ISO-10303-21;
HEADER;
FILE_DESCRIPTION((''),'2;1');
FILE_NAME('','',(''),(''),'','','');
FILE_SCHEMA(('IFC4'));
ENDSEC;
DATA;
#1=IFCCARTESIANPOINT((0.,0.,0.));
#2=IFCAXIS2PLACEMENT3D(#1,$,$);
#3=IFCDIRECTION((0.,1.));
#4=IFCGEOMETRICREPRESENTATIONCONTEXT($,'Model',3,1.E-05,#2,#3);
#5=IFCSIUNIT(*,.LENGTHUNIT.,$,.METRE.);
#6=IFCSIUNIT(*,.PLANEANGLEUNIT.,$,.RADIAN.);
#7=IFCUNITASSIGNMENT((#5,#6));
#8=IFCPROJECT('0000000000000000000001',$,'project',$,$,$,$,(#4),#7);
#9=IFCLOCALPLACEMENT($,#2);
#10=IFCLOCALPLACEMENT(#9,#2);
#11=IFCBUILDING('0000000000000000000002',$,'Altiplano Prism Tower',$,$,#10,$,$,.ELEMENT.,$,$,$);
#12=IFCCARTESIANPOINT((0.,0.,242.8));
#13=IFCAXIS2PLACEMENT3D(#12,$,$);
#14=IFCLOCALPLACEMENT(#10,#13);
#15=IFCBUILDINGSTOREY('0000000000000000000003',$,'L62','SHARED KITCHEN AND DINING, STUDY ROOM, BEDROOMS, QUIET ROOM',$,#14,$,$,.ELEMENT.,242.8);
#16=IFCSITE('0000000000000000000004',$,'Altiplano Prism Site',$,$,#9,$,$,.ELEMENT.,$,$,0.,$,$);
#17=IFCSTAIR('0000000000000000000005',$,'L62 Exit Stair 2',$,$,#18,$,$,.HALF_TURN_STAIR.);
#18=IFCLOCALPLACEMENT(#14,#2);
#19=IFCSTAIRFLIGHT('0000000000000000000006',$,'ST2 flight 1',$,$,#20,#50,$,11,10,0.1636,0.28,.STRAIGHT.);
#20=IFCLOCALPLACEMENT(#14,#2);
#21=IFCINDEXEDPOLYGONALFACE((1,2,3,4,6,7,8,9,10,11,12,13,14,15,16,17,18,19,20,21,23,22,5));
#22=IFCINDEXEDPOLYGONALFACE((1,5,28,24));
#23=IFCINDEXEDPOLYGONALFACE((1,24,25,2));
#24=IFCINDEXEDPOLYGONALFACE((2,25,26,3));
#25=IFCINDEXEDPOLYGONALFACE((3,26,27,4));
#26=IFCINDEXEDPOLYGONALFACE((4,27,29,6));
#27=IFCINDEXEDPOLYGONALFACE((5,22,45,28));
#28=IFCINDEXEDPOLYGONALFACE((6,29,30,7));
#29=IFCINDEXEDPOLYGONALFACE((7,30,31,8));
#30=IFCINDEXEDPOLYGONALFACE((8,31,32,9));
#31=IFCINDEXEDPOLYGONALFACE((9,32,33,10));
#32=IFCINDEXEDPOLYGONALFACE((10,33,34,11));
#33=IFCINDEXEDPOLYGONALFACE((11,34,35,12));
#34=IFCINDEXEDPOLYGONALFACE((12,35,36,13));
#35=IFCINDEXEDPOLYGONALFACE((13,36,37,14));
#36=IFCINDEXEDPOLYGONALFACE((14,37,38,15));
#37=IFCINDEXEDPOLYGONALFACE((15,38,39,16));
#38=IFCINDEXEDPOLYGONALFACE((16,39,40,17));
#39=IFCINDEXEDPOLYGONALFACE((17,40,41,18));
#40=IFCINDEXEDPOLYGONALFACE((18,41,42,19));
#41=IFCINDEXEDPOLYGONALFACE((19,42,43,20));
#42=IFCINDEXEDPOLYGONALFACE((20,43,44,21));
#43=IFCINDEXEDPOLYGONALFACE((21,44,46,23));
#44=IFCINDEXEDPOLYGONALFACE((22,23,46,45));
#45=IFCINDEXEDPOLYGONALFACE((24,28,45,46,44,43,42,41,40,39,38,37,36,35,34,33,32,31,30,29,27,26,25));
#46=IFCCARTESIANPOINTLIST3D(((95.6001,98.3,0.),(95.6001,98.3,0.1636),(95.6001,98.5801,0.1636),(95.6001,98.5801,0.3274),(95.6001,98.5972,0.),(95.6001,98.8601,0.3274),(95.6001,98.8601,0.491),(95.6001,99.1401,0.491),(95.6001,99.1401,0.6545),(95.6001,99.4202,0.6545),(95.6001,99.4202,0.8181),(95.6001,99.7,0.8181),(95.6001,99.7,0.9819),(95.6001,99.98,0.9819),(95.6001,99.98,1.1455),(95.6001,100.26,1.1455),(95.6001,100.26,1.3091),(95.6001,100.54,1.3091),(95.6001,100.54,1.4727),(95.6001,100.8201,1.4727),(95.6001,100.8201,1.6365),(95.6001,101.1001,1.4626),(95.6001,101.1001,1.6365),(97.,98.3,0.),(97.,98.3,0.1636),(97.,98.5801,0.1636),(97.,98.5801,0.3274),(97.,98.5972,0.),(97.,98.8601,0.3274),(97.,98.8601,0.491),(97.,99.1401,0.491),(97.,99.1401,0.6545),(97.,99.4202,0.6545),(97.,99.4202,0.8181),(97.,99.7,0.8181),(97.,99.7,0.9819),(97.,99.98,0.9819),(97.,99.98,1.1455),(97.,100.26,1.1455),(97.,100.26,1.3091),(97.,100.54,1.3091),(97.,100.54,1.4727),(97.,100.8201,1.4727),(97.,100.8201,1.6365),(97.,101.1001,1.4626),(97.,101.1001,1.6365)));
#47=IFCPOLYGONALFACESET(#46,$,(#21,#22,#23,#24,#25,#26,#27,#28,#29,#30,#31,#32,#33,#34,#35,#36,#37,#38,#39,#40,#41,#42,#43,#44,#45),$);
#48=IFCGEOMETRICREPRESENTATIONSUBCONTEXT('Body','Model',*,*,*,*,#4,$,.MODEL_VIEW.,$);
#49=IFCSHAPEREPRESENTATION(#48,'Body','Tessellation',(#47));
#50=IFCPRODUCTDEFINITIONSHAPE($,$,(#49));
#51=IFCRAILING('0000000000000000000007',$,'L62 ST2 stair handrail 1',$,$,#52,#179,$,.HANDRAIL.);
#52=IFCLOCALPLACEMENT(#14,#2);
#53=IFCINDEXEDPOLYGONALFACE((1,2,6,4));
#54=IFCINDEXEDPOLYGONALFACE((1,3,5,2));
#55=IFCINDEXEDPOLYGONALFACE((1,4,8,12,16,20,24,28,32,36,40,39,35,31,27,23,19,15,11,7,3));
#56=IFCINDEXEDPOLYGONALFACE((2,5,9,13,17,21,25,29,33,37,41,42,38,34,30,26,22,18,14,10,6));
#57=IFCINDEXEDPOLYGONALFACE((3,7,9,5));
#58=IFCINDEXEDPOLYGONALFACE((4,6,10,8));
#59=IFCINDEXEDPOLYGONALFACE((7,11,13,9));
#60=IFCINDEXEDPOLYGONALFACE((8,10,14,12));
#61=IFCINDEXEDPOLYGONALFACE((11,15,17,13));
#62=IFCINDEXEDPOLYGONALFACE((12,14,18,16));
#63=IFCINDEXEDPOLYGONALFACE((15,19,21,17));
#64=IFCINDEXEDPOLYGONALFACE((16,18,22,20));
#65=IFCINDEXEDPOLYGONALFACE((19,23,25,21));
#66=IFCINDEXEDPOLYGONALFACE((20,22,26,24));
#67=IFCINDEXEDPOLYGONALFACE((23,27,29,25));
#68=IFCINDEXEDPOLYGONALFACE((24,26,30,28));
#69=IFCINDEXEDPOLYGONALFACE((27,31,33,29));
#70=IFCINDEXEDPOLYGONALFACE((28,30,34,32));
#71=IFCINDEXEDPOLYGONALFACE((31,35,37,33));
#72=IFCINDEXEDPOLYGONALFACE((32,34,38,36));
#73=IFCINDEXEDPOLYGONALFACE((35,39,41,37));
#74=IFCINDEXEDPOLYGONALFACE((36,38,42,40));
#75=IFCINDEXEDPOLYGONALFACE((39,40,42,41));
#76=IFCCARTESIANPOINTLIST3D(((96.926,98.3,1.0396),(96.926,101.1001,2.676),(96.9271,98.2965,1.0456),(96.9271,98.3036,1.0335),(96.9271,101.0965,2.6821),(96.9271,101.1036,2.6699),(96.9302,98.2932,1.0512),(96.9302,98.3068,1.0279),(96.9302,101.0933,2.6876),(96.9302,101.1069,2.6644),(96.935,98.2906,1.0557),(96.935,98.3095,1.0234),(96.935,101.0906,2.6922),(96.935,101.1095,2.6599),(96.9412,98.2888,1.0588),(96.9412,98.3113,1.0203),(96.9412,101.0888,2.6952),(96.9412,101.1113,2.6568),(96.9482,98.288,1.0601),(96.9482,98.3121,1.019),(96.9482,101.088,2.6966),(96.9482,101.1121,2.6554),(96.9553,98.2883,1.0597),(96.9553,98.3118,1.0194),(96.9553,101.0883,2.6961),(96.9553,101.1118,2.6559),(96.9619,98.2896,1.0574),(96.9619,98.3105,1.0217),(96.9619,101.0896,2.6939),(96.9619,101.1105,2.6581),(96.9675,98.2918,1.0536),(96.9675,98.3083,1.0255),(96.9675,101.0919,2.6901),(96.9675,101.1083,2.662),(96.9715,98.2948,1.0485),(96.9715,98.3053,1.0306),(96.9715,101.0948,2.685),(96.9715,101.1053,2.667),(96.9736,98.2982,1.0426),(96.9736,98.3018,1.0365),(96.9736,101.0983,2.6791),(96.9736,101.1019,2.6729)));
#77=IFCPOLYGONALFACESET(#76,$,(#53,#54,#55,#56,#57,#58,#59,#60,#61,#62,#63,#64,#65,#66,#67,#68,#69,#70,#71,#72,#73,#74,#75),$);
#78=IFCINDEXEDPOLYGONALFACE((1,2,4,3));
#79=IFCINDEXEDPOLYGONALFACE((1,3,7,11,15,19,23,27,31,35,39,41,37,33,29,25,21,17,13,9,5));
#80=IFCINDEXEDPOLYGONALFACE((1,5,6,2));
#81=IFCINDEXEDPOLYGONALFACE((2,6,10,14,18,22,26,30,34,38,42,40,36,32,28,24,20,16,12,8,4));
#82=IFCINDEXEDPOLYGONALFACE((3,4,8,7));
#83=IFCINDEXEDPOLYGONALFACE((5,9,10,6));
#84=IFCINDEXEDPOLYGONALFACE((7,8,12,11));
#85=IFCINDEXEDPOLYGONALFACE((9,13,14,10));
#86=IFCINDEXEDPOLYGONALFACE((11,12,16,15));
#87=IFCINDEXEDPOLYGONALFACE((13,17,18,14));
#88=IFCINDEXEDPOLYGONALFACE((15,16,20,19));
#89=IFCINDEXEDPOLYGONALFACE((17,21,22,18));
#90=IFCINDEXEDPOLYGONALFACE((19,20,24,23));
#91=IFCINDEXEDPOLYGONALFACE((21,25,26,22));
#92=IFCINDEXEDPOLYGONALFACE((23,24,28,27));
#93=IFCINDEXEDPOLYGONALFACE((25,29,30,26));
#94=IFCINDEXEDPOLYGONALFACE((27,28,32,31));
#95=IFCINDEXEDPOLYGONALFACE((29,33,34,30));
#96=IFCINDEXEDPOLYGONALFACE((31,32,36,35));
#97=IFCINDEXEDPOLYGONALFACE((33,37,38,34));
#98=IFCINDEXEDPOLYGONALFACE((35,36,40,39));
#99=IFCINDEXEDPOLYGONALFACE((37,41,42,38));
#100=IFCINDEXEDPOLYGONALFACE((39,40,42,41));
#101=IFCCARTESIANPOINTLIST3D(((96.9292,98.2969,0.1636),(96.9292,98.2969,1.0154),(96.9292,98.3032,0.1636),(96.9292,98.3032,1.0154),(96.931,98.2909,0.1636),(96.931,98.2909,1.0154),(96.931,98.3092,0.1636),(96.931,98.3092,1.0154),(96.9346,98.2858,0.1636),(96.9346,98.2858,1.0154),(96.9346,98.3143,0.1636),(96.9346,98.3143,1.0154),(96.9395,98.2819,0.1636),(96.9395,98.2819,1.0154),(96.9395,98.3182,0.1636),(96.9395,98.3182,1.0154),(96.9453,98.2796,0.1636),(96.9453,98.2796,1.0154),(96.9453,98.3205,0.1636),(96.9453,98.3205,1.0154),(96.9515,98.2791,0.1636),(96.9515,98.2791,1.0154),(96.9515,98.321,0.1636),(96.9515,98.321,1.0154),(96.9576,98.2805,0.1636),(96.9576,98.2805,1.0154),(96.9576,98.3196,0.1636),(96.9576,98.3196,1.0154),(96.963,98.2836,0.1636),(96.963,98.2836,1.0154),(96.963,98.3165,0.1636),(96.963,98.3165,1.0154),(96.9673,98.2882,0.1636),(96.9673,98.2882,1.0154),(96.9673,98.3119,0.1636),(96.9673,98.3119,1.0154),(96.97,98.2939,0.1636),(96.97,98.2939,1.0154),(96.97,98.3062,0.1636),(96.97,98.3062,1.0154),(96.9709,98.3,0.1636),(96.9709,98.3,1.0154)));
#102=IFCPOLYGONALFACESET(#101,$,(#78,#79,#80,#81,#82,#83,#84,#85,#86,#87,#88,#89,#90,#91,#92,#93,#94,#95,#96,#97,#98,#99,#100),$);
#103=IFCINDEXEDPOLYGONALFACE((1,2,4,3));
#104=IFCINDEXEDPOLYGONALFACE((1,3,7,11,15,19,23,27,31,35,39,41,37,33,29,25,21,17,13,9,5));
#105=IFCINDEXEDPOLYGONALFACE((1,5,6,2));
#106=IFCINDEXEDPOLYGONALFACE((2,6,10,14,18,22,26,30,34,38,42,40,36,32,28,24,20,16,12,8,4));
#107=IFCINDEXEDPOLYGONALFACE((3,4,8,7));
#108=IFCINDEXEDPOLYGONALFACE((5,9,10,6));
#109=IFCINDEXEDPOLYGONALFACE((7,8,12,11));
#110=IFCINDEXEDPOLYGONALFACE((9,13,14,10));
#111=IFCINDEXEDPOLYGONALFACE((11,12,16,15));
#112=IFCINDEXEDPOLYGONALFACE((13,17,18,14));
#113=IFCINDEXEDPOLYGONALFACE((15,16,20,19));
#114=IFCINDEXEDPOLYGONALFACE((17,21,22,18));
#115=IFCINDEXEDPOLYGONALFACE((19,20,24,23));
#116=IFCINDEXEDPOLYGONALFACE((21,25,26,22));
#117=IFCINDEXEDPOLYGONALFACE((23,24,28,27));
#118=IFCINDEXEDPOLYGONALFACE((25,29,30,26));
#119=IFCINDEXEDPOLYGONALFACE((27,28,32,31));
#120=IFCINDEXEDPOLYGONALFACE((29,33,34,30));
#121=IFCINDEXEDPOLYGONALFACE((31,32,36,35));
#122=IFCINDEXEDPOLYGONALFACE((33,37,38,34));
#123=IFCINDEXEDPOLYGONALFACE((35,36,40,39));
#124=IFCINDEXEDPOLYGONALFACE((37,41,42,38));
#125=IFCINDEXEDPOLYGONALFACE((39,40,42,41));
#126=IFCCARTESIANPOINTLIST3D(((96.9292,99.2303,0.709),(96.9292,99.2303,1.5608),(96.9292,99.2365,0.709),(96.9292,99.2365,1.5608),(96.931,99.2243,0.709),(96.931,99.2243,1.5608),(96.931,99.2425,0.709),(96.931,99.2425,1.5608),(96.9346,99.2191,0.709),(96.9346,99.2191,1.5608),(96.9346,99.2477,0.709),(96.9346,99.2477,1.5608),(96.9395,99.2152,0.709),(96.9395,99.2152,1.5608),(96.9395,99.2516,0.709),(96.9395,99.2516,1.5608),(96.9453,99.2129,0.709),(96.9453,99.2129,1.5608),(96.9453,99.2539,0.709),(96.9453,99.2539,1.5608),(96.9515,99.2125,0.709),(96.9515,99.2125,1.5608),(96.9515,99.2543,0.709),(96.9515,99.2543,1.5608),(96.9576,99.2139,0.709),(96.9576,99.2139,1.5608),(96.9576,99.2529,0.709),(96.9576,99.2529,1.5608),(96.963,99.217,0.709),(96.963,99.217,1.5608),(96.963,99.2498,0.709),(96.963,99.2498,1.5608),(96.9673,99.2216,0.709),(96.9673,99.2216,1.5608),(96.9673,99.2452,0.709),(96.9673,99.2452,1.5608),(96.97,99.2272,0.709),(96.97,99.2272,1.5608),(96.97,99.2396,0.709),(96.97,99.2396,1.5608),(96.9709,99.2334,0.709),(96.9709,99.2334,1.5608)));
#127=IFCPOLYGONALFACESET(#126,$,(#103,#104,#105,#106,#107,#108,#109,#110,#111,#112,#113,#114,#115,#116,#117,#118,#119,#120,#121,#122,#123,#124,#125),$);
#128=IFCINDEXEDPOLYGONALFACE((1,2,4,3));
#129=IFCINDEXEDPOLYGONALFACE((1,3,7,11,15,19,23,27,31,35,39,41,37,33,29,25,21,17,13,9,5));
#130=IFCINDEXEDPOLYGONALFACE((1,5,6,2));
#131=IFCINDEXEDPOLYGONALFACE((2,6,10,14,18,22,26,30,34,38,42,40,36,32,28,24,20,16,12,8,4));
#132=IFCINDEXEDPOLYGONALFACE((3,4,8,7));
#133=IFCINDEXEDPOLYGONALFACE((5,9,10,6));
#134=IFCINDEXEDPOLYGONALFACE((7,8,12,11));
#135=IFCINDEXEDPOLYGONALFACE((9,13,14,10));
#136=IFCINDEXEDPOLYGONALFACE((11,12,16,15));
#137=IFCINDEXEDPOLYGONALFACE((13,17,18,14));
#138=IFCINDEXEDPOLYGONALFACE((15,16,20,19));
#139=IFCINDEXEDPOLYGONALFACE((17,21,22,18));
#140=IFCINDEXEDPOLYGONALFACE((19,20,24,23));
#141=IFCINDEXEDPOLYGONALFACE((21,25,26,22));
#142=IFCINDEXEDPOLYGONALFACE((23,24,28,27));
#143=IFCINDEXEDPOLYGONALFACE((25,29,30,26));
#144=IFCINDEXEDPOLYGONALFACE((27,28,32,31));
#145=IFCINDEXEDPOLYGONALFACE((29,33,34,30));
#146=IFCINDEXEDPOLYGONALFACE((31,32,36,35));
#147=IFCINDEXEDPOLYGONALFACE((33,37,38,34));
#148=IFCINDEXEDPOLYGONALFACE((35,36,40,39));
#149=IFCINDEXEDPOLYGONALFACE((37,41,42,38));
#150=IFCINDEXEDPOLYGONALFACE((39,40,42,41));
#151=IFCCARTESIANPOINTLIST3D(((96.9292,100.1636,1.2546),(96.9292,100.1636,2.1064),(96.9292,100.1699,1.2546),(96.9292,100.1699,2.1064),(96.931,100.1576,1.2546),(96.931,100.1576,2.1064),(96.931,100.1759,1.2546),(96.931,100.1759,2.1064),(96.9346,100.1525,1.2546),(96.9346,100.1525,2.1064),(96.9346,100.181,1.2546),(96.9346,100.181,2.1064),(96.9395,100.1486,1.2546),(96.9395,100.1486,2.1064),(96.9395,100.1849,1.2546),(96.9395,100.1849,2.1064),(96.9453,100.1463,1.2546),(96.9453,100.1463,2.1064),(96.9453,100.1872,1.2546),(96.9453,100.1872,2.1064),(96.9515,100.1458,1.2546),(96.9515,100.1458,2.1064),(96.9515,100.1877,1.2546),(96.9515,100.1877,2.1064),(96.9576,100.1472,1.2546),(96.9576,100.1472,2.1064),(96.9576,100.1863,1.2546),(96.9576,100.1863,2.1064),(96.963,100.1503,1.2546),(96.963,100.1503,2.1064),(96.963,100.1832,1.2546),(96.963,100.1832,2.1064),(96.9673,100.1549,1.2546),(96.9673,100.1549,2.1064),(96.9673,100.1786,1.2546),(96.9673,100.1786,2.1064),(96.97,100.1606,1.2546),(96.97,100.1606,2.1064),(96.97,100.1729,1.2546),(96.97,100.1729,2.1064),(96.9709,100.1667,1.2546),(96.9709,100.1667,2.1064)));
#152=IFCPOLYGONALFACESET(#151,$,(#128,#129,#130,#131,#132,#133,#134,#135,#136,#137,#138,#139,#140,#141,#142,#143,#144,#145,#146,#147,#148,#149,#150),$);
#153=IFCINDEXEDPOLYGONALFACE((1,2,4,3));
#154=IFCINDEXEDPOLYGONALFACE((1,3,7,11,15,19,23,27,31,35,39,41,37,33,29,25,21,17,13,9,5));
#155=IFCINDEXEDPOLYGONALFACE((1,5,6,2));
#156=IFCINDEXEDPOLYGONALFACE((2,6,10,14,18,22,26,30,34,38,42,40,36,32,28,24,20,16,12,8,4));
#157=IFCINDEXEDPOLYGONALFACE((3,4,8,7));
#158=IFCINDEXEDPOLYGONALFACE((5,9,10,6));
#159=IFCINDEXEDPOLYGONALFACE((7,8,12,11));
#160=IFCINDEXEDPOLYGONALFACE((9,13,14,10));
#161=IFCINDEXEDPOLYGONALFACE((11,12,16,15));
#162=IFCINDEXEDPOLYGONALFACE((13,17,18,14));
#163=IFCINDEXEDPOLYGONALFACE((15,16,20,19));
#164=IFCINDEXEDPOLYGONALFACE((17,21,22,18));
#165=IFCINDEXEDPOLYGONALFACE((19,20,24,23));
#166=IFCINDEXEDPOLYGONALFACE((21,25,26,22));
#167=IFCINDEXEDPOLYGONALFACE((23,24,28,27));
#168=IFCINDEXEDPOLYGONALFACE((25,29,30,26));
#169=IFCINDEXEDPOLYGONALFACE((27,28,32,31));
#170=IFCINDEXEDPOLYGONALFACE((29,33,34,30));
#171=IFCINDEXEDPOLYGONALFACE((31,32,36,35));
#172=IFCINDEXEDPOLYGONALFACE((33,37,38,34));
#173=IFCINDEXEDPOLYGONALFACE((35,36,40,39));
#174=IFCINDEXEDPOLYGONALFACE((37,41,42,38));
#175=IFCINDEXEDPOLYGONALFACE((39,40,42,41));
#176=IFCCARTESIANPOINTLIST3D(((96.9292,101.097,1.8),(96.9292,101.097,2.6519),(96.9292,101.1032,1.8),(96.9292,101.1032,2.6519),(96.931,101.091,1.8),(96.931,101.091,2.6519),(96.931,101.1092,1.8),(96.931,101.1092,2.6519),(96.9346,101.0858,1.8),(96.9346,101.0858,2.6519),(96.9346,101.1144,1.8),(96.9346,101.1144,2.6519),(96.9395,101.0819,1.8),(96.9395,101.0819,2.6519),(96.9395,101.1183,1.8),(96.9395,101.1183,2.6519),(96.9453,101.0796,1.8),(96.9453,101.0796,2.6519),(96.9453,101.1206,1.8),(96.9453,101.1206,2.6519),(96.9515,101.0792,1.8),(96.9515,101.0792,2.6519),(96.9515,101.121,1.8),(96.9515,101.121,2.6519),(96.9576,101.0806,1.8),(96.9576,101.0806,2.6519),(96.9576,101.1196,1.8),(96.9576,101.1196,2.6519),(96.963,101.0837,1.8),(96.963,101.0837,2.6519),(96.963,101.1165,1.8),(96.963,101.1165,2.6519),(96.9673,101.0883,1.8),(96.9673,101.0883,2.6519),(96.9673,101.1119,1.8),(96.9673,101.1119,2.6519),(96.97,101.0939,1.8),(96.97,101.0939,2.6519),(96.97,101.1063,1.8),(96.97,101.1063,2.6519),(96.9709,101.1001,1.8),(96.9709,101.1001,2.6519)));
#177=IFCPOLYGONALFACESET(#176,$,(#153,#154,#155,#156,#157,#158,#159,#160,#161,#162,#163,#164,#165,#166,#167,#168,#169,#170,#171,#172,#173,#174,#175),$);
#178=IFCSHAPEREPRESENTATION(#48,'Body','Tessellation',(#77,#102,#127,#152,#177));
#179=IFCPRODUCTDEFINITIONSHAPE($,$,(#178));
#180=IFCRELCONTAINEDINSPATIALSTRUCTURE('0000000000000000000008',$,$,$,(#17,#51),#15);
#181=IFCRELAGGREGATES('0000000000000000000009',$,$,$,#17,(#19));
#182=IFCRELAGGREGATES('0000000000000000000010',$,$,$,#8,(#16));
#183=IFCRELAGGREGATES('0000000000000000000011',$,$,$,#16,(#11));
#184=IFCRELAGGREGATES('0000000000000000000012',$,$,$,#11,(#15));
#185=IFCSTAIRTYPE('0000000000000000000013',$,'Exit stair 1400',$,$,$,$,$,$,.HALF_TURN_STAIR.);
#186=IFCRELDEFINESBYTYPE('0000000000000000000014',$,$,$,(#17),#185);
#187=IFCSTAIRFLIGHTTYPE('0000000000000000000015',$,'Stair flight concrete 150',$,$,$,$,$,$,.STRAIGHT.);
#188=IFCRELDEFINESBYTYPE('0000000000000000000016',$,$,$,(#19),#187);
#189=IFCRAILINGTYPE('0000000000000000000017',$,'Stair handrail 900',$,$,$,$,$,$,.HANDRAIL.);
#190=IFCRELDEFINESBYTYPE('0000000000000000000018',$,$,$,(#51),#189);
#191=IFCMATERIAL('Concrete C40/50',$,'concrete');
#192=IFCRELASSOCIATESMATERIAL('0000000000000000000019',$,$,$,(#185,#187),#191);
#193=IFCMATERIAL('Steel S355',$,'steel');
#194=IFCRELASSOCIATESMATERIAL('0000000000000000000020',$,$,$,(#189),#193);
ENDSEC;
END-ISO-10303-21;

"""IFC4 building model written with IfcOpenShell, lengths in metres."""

from ifc_helpers import new_model, si_unit, direction, frame, origin, origin_2d, place, context, subcontext, project, spatial, polyline, circle, outline, extrude, material, type_object, element, aggregate, save


model = new_model("IFC4")

# Units and contexts
model_context = context("Model", 3, precision=1e-05, world=origin(), true_north=direction((0.0, 1.0)))
body_context = subcontext(model_context, "Body", "Model", "MODEL_VIEW")
ifc_project = project(units=[si_unit("LENGTHUNIT", "METRE"), si_unit("PLANEANGLEUNIT", "RADIAN")], contexts=[model_context])

# Site, building, storey
site_placement = place(None, origin())
site = spatial("IfcSite", under=ifc_project, at=site_placement, Name="Altiplano Prism Site", CompositionType="ELEMENT", RefElevation=0.0)
building_placement = place(site_placement, origin())
building = spatial("IfcBuilding", under=site, at=building_placement, Name="Altiplano Prism Tower", CompositionType="ELEMENT")
storey_placement = place(building_placement, frame((0.0, 0.0, 242.8)))
storey = spatial("IfcBuildingStorey", under=building, at=storey_placement, Name="L62", Description="SHARED KITCHEN AND DINING, STUDY ROOM, BEDROOMS, QUIET ROOM", CompositionType="ELEMENT", Elevation=242.8)

# Stair, stair flight
ifc_material_1 = material(Name="Concrete C40/50", Category="concrete")
stair_type = type_object("IfcStairType", Name="Exit stair 1400", PredefinedType="HALF_TURN_STAIR", material=ifc_material_1)
stair_placement = place(storey_placement, origin())
stair = element("IfcStair", 1, at=stair_placement, inside=storey, type_object=stair_type, Name="L62 Exit Stair 2", PredefinedType="HALF_TURN_STAIR")
stair_flight_type = type_object("IfcStairFlightType", Name="Stair flight concrete 150", PredefinedType="STRAIGHT", material=ifc_material_1)
stair_flight_placement = place(storey_placement, frame((96.3, 98.3, 0.0), z_axis=(0.0, 0.0, 1.0), x_axis=(0.0, 1.0, 0.0)))
stair_flight = element("IfcStairFlight", 2, at=stair_flight_placement, type_object=stair_flight_type, Name="ST2 flight 1", NumberOfRisers=11, NumberOfTreads=10, PredefinedType="STRAIGHT", RiserHeight=0.1636, TreadLength=0.28, context=body_context, shape_type="SweptSolid", body=[
    extrude(outline(polyline([(0.0, 0.0), (0.0, 0.1636), (0.28, 0.1636), (0.28, 0.3274), (0.5601, 0.3274), (0.5601, 0.491), (0.8401, 0.491), (0.8401, 0.6545), (1.1201, 0.6545), (1.1201, 0.8181), (1.3999, 0.8181), (1.3999, 0.9819), (1.6799, 0.9819), (1.6799, 1.1455), (1.96, 1.1455), (1.96, 1.3091), (2.24, 1.3091), (2.24, 1.4727), (2.52, 1.4727), (2.52, 1.6365), (2.8, 1.6365), (2.8, 1.8), (2.8, 1.4626), (0.2971, 0.0), (0.0, 0.0)])), frame((0.0, 0.7, 0.0), z_axis=(0.0, -1.0, 0.0), x_axis=(1.0, 0.0, 0.0)), (0.0, 0.0, 1.0), 1.3999),
])
aggregate(stair, [stair_flight])

# Railing
ifc_material_2 = material(Name="Steel S355", Category="steel")
railing_type = type_object("IfcRailingType", Name="Stair handrail 900", PredefinedType="HANDRAIL", material=ifc_material_2)
railing_placement = place(storey_placement, frame((96.95, 98.3, 0.1636)))
element("IfcRailing", 3, at=railing_placement, inside=storey, type_object=railing_type, Name="L62 ST2 stair handrail 1", PredefinedType="HANDRAIL", context=body_context, shape_type="SweptSolid", body=[
    extrude(circle(Radius=0.0239, at=origin_2d()), frame((0.0, 0.0, 0.876), z_axis=(0.0, 0.863361, 0.504587), x_axis=(-1.0, 0.0, 0.0)), (0.0, 0.0, 1.0), 3.2432),
    extrude(circle(Radius=0.021, at=origin_2d()), origin(), (0.0, 0.0, 1.0), 0.8518),
    extrude(circle(Radius=0.021, at=origin_2d()), frame((0.0, 0.9333, 0.5454)), (0.0, 0.0, 1.0), 0.8518),
    extrude(circle(Radius=0.021, at=origin_2d()), frame((0.0, 1.8667, 1.0911)), (0.0, 0.0, 1.0), 0.8518),
    extrude(circle(Radius=0.021, at=origin_2d()), frame((0.0, 2.8, 1.6365)), (0.0, 0.0, 1.0), 0.8518),
])

save(model, "model.ifc")
